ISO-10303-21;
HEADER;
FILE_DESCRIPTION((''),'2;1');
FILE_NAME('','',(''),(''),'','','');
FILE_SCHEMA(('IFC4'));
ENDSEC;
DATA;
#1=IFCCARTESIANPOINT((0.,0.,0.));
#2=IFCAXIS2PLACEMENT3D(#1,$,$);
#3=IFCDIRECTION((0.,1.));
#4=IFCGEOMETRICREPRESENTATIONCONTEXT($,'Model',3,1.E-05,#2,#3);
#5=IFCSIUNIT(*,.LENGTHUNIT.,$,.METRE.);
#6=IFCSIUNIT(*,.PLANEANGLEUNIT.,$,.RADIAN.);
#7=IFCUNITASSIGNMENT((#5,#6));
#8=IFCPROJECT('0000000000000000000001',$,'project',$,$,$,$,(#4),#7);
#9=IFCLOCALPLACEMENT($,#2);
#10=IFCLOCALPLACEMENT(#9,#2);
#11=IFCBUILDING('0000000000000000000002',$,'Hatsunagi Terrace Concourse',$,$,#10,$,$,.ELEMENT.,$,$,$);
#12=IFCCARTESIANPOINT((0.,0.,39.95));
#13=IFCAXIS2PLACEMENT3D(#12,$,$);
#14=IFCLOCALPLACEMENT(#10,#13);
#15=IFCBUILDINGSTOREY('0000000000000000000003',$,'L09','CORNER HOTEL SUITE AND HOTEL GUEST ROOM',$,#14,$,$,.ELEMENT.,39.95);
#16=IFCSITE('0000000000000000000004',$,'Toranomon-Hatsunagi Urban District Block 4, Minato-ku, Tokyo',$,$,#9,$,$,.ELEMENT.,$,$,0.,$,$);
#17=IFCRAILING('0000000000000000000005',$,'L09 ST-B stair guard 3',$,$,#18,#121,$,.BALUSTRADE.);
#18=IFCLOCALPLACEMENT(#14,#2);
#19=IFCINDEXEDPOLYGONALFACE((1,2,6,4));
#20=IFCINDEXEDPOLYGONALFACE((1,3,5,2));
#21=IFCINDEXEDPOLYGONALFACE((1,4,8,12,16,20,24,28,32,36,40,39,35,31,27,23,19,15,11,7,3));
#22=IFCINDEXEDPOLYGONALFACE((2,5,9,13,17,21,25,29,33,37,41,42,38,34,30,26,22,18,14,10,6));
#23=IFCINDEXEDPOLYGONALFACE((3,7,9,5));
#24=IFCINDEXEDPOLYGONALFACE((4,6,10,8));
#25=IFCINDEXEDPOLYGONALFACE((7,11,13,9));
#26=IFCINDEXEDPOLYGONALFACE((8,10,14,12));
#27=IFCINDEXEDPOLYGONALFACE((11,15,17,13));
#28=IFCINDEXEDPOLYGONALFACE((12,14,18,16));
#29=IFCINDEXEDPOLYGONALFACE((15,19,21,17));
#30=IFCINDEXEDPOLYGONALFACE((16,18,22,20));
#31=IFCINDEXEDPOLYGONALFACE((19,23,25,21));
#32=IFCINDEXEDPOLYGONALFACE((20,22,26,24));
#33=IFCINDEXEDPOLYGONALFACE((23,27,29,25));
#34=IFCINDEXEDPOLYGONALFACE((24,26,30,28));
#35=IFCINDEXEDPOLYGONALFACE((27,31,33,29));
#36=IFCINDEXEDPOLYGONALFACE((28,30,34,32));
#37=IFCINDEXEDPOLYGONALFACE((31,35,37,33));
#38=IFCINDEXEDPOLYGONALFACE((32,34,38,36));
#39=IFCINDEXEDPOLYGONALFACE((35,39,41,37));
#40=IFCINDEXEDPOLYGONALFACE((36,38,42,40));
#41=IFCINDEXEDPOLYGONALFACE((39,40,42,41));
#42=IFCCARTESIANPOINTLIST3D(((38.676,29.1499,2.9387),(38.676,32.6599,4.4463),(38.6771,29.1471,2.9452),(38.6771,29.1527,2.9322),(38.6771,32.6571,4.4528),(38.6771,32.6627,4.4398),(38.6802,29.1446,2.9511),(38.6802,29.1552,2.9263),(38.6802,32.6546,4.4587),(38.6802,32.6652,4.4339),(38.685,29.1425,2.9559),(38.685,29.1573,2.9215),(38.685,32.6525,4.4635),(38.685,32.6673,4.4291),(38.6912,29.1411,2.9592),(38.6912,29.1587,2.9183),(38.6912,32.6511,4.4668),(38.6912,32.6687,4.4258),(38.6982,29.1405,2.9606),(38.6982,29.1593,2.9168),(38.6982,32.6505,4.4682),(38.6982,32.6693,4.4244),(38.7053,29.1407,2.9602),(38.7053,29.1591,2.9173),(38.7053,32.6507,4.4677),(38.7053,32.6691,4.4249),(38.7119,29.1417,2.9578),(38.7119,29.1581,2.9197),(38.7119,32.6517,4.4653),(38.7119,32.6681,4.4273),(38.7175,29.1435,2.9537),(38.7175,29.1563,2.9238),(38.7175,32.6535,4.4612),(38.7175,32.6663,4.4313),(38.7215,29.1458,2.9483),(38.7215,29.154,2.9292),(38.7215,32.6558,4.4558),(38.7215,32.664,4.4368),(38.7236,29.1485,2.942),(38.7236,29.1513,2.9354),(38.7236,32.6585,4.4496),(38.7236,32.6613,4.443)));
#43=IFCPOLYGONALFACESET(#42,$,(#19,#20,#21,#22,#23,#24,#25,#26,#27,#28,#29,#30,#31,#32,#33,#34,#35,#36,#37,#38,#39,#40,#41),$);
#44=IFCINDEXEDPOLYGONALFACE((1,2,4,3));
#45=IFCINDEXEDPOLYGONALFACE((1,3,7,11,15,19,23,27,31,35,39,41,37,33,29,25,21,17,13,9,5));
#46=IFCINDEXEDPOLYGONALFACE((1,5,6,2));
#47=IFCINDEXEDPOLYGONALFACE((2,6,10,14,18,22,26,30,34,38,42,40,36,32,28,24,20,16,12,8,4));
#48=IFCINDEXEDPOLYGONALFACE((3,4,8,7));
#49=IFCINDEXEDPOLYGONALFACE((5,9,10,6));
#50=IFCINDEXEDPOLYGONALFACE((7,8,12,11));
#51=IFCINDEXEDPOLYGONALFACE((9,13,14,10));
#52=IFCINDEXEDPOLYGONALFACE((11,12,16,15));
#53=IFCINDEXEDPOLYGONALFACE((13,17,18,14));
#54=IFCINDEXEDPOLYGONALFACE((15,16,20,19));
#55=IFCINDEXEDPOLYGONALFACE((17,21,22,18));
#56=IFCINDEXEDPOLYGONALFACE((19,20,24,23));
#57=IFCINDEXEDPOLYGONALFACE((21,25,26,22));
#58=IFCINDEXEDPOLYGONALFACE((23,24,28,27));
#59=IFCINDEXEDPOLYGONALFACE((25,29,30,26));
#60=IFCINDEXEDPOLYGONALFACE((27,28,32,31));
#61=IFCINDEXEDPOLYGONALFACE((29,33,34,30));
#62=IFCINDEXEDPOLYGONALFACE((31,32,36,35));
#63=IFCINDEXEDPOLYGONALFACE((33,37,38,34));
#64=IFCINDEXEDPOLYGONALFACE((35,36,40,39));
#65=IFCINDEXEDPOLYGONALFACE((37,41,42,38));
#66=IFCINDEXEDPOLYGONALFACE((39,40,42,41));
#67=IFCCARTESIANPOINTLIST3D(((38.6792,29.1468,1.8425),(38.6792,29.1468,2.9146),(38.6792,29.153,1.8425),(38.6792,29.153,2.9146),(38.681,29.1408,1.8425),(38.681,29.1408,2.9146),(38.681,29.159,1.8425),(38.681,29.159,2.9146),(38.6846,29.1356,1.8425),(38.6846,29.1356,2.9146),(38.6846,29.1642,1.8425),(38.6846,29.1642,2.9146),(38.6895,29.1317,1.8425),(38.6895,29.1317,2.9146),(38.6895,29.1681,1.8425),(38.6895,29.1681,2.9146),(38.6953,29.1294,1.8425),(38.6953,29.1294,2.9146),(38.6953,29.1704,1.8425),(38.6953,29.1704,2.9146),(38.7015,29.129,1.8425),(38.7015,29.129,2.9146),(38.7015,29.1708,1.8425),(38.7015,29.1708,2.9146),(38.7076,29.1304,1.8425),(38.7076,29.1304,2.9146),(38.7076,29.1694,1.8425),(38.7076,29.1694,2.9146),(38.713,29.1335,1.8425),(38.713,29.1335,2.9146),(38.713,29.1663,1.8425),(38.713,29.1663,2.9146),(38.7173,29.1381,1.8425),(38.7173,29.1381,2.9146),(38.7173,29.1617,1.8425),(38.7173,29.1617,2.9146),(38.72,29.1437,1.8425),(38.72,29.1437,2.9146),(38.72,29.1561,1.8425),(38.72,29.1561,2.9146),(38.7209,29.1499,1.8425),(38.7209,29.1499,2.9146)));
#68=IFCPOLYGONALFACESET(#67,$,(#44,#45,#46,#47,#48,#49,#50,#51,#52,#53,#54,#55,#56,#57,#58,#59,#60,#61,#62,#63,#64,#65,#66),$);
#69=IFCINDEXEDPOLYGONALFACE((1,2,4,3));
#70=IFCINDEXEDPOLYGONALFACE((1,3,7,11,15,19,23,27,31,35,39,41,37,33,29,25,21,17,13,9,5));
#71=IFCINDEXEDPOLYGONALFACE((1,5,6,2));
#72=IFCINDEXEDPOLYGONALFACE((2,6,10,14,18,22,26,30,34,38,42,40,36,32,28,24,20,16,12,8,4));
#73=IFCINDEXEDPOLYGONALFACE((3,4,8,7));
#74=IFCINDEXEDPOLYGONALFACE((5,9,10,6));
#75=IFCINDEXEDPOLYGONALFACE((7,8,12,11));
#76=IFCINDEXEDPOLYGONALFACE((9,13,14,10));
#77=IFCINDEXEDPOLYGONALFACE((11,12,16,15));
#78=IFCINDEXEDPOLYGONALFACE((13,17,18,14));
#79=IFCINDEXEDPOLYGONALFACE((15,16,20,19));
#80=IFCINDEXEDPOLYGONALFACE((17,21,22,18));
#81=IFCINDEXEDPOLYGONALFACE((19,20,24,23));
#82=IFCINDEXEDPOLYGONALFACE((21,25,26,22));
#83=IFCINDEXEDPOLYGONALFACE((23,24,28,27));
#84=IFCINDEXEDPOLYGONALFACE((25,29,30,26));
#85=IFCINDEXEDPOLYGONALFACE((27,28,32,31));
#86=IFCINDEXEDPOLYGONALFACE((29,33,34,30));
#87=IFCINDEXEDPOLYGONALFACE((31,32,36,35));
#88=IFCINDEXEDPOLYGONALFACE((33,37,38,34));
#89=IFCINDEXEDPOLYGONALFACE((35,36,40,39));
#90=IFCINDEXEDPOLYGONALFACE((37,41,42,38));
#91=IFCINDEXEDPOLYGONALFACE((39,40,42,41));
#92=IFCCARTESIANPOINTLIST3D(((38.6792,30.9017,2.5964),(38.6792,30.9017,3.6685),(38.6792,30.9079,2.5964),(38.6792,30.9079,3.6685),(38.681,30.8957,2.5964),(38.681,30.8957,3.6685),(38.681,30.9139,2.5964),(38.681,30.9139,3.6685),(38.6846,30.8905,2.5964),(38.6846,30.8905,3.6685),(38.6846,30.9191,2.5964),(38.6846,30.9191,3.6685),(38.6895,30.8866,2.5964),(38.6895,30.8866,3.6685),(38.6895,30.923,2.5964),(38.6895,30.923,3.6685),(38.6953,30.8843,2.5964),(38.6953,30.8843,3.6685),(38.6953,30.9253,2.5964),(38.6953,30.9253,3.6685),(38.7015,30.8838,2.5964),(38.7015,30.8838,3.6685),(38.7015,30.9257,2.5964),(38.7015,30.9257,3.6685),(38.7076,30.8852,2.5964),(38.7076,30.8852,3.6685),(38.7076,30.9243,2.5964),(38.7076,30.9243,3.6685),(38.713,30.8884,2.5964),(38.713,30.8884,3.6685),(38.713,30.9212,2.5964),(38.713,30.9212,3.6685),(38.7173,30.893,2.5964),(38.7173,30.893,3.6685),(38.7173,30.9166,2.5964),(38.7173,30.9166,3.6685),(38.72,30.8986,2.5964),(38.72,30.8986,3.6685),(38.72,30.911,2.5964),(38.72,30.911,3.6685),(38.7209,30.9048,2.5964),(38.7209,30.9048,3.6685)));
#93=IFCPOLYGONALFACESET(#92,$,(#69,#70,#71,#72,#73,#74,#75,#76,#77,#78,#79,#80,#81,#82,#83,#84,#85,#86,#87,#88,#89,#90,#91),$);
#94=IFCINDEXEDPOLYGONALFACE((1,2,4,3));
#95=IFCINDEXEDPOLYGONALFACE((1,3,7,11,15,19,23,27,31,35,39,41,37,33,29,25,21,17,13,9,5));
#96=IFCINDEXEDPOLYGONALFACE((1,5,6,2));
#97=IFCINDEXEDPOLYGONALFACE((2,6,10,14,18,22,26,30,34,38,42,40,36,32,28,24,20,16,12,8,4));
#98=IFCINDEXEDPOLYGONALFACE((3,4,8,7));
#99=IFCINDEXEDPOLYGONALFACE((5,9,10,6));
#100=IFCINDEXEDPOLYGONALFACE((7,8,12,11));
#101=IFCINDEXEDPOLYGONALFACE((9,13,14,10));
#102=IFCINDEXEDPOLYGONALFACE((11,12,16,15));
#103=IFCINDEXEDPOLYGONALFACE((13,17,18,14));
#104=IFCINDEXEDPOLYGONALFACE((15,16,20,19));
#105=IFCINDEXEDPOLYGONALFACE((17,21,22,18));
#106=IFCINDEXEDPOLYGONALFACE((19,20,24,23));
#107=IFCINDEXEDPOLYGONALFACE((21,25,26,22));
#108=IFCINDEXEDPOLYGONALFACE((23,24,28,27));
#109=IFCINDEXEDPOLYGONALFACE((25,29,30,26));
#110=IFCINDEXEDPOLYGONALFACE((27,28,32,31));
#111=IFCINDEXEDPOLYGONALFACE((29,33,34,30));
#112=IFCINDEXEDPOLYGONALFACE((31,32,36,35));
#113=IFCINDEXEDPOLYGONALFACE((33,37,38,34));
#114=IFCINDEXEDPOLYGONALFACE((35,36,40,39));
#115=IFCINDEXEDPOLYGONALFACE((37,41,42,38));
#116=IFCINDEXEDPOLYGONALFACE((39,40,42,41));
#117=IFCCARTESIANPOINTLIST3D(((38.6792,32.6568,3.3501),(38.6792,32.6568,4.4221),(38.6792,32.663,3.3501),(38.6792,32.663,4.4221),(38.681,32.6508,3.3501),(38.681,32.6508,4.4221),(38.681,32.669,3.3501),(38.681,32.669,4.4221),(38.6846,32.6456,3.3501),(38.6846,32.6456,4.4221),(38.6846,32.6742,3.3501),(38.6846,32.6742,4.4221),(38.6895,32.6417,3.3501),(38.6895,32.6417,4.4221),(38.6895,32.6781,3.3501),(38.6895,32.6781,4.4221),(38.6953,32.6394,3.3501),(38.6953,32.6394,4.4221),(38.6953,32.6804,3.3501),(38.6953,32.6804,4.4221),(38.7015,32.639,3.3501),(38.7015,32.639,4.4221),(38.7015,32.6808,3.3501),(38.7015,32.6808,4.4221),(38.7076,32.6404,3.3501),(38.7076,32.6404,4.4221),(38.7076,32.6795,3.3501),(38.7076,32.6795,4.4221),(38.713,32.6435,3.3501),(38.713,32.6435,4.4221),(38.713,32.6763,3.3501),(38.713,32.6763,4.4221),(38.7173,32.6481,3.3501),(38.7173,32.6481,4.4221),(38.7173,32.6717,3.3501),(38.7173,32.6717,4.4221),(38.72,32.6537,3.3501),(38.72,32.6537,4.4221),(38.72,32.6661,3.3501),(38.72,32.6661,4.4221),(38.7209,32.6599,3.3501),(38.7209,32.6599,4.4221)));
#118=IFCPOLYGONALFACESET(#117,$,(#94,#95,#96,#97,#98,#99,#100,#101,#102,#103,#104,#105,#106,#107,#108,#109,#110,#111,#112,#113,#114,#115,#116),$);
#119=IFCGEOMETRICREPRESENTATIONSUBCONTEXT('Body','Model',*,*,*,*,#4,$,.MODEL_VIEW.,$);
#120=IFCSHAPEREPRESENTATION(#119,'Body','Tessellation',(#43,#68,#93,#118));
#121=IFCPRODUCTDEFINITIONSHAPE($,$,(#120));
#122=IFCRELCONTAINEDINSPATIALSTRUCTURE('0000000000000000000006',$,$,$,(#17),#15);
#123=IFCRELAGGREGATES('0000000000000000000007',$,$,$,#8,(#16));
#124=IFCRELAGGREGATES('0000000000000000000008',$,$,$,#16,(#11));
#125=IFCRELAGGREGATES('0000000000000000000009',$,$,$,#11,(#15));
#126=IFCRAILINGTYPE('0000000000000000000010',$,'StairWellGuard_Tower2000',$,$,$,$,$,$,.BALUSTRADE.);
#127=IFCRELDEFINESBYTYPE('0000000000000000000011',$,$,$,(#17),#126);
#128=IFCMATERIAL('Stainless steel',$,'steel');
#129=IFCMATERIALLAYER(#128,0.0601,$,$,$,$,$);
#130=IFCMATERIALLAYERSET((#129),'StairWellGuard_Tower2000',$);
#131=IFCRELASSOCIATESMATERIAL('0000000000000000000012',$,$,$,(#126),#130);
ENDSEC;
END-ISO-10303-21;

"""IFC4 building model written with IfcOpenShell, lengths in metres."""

from ifc_helpers import new_model, si_unit, direction, frame, origin, origin_2d, place, context, subcontext, project, spatial, circle, extrude, material, layer, layer_set, type_object, element, save


model = new_model("IFC4")

# Units and contexts
model_context = context("Model", 3, precision=1e-05, world=origin(), true_north=direction((0.0, 1.0)))
body_context = subcontext(model_context, "Body", "Model", "MODEL_VIEW")
ifc_project = project(units=[si_unit("LENGTHUNIT", "METRE"), si_unit("PLANEANGLEUNIT", "RADIAN")], contexts=[model_context])

# Site, building, storey
site_placement = place(None, origin())
site = spatial("IfcSite", under=ifc_project, at=site_placement, Name="Toranomon-Hatsunagi Urban District Block 4, Minato-ku, Tokyo", CompositionType="ELEMENT", RefElevation=0.0)
building_placement = place(site_placement, origin())
building = spatial("IfcBuilding", under=site, at=building_placement, Name="Hatsunagi Terrace Concourse", CompositionType="ELEMENT")
storey_placement = place(building_placement, frame((0.0, 0.0, 39.95)))
storey = spatial("IfcBuildingStorey", under=building, at=storey_placement, Name="L09", Description="CORNER HOTEL SUITE AND HOTEL GUEST ROOM", CompositionType="ELEMENT", Elevation=39.95)

# Railing
ifc_material_1 = material(Name="Stainless steel", Category="steel")
ifc_layer_1 = layer(ifc_material_1, 0.0601)
ifc_layer_set_1 = layer_set([ifc_layer_1], Name="StairWellGuard_Tower2000")
railing_type_1 = type_object("IfcRailingType", Name="StairWellGuard_Tower2000", PredefinedType="BALUSTRADE", material=ifc_layer_set_1)
railing_1_placement = place(storey_placement, frame((38.7, 29.1499, 1.8425)))
element("IfcRailing", 1, at=railing_1_placement, inside=storey, type_object=railing_type_1, Name="L09 ST-B stair guard 3", PredefinedType="BALUSTRADE", context=body_context, shape_type="SweptSolid", body=[
    extrude(circle(Radius=0.0239, at=origin_2d()), frame((0.0, 0.0, 1.0962), z_axis=(0.0, 0.918834, 0.394644), x_axis=(-1.0, 0.0, 0.0)), (0.0, 0.0, 1.0), 3.8201),
    extrude(circle(Radius=0.021, at=origin_2d()), origin(), (0.0, 0.0, 1.0), 1.072),
    extrude(circle(Radius=0.021, at=origin_2d()), frame((0.0, 1.7549, 0.7539)), (0.0, 0.0, 1.0), 1.072),
    extrude(circle(Radius=0.021, at=origin_2d()), frame((0.0, 3.51, 1.5076)), (0.0, 0.0, 1.0), 1.072),
])

save(model, "model.ifc")
